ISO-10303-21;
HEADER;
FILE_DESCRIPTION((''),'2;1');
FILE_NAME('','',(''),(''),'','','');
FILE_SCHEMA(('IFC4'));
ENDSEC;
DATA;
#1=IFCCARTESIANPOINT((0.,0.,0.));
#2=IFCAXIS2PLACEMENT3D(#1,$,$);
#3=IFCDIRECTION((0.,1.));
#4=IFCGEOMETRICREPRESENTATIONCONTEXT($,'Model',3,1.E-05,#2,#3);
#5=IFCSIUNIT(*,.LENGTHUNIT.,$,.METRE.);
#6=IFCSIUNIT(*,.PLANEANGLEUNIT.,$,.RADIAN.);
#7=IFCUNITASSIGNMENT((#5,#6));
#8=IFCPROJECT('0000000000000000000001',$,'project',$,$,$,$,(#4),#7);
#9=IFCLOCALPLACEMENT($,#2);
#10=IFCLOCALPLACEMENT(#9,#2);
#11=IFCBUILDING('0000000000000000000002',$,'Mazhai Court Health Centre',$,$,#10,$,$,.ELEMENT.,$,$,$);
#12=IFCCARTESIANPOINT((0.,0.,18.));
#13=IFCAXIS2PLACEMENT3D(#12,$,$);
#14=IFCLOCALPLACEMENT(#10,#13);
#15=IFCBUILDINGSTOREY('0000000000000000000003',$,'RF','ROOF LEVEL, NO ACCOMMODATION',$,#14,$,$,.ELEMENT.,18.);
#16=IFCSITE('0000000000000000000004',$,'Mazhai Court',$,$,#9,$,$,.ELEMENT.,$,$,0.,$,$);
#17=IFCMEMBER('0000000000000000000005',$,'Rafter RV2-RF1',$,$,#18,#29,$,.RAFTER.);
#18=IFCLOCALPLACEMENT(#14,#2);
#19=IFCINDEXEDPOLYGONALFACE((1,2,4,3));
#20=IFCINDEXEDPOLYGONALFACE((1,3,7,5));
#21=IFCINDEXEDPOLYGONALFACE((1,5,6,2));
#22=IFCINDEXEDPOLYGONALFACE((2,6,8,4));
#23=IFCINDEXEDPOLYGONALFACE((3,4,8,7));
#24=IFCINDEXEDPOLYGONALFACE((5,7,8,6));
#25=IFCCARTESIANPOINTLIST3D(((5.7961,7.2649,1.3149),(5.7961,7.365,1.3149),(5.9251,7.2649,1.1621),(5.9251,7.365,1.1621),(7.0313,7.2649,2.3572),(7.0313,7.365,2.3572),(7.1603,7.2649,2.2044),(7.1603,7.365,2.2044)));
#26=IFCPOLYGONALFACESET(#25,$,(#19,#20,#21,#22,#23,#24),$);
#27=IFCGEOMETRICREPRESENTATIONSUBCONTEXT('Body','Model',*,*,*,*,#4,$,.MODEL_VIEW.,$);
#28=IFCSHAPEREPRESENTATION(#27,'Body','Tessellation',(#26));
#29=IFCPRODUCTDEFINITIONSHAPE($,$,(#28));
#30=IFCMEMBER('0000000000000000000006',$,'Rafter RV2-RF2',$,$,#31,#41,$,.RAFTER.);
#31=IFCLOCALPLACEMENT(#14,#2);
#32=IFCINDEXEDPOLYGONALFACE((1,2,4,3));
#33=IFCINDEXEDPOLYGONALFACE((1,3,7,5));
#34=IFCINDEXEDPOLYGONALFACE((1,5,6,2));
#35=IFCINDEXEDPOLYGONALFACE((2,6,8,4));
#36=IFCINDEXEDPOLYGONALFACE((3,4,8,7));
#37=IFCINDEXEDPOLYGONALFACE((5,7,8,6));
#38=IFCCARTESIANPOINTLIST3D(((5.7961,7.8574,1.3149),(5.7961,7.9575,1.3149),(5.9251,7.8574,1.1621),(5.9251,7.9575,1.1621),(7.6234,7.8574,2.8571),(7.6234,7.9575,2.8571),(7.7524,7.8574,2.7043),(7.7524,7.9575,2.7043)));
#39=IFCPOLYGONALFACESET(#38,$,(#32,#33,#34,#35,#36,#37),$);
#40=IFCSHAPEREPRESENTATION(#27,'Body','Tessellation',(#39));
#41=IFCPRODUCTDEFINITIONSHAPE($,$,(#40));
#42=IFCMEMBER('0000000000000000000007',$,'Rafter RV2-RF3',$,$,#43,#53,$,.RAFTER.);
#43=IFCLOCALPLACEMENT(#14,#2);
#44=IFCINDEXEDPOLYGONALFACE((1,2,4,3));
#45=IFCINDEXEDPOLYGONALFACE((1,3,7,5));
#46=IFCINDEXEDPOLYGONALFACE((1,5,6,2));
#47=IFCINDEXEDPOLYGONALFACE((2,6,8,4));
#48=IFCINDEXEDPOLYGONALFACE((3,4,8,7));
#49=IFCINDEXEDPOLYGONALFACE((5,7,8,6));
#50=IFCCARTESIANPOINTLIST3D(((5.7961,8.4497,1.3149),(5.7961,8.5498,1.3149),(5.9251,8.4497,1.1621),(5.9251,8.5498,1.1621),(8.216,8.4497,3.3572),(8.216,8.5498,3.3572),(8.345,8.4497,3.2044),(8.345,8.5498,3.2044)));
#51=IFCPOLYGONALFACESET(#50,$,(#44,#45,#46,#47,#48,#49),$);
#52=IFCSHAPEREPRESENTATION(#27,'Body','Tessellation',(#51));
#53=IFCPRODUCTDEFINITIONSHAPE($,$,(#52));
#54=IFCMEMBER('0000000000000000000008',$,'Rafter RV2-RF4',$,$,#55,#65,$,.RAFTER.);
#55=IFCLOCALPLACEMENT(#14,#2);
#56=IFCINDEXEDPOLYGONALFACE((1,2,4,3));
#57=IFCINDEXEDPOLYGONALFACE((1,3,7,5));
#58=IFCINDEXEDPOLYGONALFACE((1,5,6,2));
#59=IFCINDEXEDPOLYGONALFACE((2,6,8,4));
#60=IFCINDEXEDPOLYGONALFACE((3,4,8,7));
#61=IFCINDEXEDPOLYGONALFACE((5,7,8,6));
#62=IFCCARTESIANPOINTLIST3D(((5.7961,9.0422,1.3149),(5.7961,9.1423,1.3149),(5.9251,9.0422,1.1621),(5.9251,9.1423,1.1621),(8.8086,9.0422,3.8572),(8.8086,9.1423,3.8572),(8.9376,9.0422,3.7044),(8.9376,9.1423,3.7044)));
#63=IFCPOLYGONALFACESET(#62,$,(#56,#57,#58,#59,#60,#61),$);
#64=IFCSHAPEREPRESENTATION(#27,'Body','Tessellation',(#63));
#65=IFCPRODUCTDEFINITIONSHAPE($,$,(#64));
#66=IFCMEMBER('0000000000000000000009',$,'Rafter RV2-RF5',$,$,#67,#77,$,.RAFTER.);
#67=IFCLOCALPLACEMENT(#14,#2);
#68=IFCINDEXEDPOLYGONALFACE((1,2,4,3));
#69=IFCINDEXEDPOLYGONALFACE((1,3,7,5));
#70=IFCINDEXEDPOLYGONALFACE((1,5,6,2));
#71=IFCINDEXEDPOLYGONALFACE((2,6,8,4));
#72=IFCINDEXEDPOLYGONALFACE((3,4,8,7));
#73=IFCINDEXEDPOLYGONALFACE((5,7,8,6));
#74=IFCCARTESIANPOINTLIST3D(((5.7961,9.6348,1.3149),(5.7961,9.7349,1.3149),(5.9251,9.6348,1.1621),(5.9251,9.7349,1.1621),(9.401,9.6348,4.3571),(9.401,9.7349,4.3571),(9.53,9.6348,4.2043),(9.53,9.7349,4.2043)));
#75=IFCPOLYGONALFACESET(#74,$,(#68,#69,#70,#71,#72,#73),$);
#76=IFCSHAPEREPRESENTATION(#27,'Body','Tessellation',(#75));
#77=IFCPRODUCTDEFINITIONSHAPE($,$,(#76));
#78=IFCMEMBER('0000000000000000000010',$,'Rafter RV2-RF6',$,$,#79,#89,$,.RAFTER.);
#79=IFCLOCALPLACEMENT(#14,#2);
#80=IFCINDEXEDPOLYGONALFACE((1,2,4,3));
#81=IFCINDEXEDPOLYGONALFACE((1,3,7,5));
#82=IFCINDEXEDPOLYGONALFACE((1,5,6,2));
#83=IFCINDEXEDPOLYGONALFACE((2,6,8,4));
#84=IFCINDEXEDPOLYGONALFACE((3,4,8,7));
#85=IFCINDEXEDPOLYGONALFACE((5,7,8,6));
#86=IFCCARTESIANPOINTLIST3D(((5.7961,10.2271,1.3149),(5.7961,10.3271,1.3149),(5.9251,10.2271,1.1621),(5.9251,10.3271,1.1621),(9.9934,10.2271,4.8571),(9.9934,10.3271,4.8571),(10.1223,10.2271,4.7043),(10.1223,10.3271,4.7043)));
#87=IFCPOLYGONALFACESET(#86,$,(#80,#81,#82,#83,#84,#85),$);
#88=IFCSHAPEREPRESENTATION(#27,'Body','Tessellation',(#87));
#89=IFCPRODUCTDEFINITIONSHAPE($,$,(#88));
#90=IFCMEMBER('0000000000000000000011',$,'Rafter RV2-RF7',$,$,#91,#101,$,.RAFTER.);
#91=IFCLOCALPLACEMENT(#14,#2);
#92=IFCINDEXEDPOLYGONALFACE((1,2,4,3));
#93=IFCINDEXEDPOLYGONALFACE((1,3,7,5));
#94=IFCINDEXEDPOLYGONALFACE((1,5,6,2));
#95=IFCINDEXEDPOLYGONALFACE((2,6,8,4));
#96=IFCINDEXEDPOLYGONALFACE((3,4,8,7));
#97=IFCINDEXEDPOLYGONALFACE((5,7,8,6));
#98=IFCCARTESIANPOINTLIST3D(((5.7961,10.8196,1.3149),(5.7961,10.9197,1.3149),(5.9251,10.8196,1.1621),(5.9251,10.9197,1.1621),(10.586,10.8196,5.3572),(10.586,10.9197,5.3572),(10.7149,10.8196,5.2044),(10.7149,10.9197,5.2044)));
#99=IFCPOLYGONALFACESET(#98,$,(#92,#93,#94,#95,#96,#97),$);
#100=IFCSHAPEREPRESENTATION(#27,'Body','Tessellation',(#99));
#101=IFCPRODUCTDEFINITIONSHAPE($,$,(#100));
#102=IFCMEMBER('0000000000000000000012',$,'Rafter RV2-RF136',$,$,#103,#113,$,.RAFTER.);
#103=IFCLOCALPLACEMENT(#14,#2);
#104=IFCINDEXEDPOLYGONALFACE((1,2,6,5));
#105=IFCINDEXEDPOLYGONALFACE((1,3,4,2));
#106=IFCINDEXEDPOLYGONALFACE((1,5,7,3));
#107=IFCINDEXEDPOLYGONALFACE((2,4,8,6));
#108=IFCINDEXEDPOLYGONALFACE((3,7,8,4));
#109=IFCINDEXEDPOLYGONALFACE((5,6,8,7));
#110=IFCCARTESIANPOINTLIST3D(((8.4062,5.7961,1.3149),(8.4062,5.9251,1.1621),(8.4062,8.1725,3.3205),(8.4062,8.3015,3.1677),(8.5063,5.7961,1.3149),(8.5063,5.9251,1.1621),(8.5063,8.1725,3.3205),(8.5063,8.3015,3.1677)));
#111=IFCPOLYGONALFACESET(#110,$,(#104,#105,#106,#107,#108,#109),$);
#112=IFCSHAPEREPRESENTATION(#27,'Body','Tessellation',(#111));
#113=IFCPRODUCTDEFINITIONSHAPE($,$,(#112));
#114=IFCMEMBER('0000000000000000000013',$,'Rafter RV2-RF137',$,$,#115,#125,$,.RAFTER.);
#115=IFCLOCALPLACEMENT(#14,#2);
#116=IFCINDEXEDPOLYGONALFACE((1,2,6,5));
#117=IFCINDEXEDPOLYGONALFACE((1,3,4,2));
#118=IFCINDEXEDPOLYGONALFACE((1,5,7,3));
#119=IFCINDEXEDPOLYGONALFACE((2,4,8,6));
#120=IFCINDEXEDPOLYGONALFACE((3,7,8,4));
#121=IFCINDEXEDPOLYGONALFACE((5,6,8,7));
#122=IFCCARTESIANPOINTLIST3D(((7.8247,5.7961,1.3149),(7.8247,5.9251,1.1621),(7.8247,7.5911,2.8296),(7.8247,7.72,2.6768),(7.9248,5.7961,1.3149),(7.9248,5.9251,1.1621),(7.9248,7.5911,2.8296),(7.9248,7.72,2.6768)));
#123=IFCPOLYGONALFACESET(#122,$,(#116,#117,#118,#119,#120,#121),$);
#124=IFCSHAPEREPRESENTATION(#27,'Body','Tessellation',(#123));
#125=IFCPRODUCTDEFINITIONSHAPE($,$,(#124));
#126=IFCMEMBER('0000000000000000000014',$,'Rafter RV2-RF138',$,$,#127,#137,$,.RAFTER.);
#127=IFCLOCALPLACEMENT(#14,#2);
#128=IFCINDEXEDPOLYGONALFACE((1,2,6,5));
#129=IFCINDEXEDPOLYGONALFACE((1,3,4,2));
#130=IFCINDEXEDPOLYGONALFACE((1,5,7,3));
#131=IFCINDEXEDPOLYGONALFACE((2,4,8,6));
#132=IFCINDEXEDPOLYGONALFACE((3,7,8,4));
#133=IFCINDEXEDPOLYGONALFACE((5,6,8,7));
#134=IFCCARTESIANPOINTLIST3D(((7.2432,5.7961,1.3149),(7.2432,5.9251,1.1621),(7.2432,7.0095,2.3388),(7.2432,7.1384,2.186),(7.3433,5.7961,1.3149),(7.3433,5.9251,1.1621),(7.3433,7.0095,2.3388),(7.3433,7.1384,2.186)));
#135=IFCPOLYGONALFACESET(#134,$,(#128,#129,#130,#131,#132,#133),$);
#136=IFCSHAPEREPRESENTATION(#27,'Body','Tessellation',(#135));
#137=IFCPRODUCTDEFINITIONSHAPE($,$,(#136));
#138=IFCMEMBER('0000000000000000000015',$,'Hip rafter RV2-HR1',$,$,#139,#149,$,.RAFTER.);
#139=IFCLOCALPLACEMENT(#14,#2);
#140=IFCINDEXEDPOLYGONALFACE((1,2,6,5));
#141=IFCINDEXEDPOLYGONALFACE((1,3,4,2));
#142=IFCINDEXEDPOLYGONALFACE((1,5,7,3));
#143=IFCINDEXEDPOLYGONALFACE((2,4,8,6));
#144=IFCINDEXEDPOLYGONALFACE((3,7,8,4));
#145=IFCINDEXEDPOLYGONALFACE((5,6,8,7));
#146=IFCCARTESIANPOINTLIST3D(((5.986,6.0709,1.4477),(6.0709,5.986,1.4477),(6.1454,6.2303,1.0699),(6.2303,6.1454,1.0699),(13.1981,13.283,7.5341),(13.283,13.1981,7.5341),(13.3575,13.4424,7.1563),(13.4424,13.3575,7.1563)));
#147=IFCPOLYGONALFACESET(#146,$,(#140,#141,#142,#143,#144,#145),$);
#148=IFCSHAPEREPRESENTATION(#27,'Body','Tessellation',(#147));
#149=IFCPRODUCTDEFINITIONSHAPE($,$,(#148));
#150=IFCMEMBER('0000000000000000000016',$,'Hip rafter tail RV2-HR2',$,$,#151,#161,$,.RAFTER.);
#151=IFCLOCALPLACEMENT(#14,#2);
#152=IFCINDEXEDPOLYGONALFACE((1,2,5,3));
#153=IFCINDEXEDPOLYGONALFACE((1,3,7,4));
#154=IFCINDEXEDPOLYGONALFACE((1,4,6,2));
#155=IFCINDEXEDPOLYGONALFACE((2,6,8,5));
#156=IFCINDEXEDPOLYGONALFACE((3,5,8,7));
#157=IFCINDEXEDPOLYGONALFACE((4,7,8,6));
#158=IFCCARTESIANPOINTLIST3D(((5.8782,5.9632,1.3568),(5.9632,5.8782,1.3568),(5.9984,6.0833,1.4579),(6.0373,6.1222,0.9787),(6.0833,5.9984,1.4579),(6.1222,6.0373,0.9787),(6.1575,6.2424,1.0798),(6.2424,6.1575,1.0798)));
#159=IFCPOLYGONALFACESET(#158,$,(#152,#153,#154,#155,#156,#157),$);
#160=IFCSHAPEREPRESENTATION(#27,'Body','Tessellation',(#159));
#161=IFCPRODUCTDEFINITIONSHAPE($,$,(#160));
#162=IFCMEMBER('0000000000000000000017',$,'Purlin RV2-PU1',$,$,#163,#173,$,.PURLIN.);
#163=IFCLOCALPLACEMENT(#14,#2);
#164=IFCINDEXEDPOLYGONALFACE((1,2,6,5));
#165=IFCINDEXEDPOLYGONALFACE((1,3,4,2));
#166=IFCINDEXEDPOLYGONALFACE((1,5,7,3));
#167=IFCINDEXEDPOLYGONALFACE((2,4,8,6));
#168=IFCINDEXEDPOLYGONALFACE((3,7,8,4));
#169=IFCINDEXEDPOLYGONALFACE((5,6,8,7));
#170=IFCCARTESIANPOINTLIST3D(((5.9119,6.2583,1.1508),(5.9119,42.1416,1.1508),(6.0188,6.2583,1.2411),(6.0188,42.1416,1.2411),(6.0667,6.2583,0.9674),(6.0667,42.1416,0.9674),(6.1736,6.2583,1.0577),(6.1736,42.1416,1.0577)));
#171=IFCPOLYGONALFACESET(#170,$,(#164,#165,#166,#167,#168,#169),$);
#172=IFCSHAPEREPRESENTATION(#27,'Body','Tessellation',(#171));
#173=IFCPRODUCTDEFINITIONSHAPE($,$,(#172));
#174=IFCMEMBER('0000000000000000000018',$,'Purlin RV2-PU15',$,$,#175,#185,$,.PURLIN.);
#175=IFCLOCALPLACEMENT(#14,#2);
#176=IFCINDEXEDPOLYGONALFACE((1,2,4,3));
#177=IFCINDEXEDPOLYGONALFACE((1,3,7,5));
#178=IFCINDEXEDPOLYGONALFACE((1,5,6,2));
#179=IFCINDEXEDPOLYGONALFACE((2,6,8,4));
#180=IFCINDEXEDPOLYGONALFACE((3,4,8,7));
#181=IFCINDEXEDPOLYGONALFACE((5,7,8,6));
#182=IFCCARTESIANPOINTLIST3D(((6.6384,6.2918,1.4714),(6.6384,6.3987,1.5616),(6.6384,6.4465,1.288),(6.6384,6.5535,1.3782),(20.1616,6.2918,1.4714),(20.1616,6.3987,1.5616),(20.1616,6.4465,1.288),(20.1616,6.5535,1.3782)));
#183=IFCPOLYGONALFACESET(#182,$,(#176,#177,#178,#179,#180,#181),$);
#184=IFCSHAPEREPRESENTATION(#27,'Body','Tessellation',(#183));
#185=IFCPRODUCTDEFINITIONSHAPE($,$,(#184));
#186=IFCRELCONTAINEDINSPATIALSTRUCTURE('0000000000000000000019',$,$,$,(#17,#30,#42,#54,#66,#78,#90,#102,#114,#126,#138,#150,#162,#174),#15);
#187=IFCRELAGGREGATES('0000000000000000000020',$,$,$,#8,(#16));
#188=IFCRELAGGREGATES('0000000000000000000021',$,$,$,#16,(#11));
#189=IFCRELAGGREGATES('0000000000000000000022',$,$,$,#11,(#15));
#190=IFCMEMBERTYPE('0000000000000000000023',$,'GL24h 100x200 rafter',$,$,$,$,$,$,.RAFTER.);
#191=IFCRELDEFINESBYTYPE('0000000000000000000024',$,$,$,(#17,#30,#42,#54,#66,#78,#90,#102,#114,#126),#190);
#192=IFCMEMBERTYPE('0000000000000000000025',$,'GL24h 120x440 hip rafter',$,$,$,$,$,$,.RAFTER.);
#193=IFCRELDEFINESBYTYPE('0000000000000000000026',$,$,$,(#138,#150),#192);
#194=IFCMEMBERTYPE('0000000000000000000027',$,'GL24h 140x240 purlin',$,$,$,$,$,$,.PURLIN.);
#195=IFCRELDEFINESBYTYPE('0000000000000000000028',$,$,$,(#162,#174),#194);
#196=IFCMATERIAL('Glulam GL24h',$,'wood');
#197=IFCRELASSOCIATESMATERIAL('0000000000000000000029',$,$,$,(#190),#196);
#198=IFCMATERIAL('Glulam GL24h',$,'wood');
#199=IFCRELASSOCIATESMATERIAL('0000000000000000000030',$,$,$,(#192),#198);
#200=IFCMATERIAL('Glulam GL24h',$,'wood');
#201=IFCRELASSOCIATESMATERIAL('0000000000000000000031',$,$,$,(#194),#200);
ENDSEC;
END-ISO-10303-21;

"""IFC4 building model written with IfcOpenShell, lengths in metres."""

from ifc_helpers import new_model, si_unit, direction, frame, origin, origin_2d, place, context, subcontext, project, spatial, rectangle, extrude, material, material_profile, profile_set, type_object, element, save


model = new_model("IFC4")

# Units and contexts
model_context = context("Model", 3, precision=1e-05, world=origin(), true_north=direction((0.0, 1.0)))
body_context = subcontext(model_context, "Body", "Model", "MODEL_VIEW")
ifc_project = project(units=[si_unit("LENGTHUNIT", "METRE"), si_unit("PLANEANGLEUNIT", "RADIAN")], contexts=[model_context])

# Site, building, storey
site_placement = place(None, origin())
site = spatial("IfcSite", under=ifc_project, at=site_placement, Name="Mazhai Court", CompositionType="ELEMENT", RefElevation=0.0)
building_placement = place(site_placement, origin())
building = spatial("IfcBuilding", under=site, at=building_placement, Name="Mazhai Court Health Centre", CompositionType="ELEMENT")
storey_placement = place(building_placement, frame((0.0, 0.0, 18.0)))
storey = spatial("IfcBuildingStorey", under=building, at=storey_placement, Name="RF", Description="ROOF LEVEL, NO ACCOMMODATION", CompositionType="ELEMENT", Elevation=18.0)

# Members
ifc_material_1 = material(Name="Glulam GL24h", Category="wood")
ifc_material_profile_1 = material_profile(ifc_material_1, rectangle(XDim=0.1001, YDim=0.2, at=origin_2d()), Name="GL24h 100x200")
ifc_profile_set_1 = profile_set([ifc_material_profile_1], Name="Glulam GL24h")
member_type_1 = type_object("IfcMemberType", Name="GL24h 100x200 rafter", PredefinedType="RAFTER", material=ifc_profile_set_1)
member_1_placement = place(storey_placement, frame((5.8606, 7.3149, 1.2385), z_axis=(0.764257, 0.0, 0.644912), x_axis=(0.0, 1.0, 0.0)))
element("IfcMember", 1, at=member_1_placement, inside=storey, type_object=member_type_1, Name="Rafter RV2-RF1", PredefinedType="RAFTER", context=body_context, shape_type="SweptSolid", body=[
    extrude(rectangle(XDim=0.1001, YDim=0.2, at=origin_2d()), origin(), (0.0, 0.0, 1.0), 1.6162),
])
member_2_placement = place(storey_placement, frame((5.8606, 7.9075, 1.2385), z_axis=(0.764214, 0.0, 0.644962), x_axis=(0.0, 1.0, 0.0)))
element("IfcMember", 2, at=member_2_placement, inside=storey, type_object=member_type_1, Name="Rafter RV2-RF2", PredefinedType="RAFTER", context=body_context, shape_type="SweptSolid", body=[
    extrude(rectangle(XDim=0.1001, YDim=0.2, at=origin_2d()), origin(), (0.0, 0.0, 1.0), 2.3911),
])
member_3_placement = place(storey_placement, frame((5.8606, 8.4998, 1.2385), z_axis=(0.764225, 0.0, 0.64495), x_axis=(0.0, 1.0, 0.0)))
element("IfcMember", 3, at=member_3_placement, inside=storey, type_object=member_type_1, Name="Rafter RV2-RF3", PredefinedType="RAFTER", context=body_context, shape_type="SweptSolid", body=[
    extrude(rectangle(XDim=0.1001, YDim=0.2, at=origin_2d()), origin(), (0.0, 0.0, 1.0), 3.1665),
])
member_4_placement = place(storey_placement, frame((5.8606, 9.0923, 1.2385), z_axis=(0.764231, 0.0, 0.644942), x_axis=(0.0, 1.0, 0.0)))
element("IfcMember", 4, at=member_4_placement, inside=storey, type_object=member_type_1, Name="Rafter RV2-RF4", PredefinedType="RAFTER", context=body_context, shape_type="SweptSolid", body=[
    extrude(rectangle(XDim=0.1001, YDim=0.2, at=origin_2d()), origin(), (0.0, 0.0, 1.0), 3.9419),
])
member_5_placement = place(storey_placement, frame((5.8606, 9.6848, 1.2385), z_axis=(0.764236, 0.0, 0.644937), x_axis=(0.0, 1.0, 0.0)))
element("IfcMember", 5, at=member_5_placement, inside=storey, type_object=member_type_1, Name="Rafter RV2-RF5", PredefinedType="RAFTER", context=body_context, shape_type="SweptSolid", body=[
    extrude(rectangle(XDim=0.1001, YDim=0.2, at=origin_2d()), origin(), (0.0, 0.0, 1.0), 4.717),
])
member_6_placement = place(storey_placement, frame((5.8606, 10.2771, 1.2385), z_axis=(0.76422, 0.0, 0.644955), x_axis=(0.0, 1.0, 0.0)))
element("IfcMember", 6, at=member_6_placement, inside=storey, type_object=member_type_1, Name="Rafter RV2-RF6", PredefinedType="RAFTER", context=body_context, shape_type="SweptSolid", body=[
    extrude(rectangle(XDim=0.1001, YDim=0.2, at=origin_2d()), origin(), (0.0, 0.0, 1.0), 5.4922),
])
member_7_placement = place(storey_placement, frame((5.8606, 10.8696, 1.2385), z_axis=(0.764225, 0.0, 0.64495), x_axis=(0.0, 1.0, 0.0)))
element("IfcMember", 7, at=member_7_placement, inside=storey, type_object=member_type_1, Name="Rafter RV2-RF7", PredefinedType="RAFTER", context=body_context, shape_type="SweptSolid", body=[
    extrude(rectangle(XDim=0.1001, YDim=0.2, at=origin_2d()), origin(), (0.0, 0.0, 1.0), 6.2676),
])
member_8_placement = place(storey_placement, frame((8.4563, 5.8606, 1.2385), z_axis=(0.0, 0.764217, 0.64496), x_axis=(-1.0, 0.0, 0.0)))
element("IfcMember", 8, at=member_8_placement, inside=storey, type_object=member_type_1, Name="Rafter RV2-RF136", PredefinedType="RAFTER", context=body_context, shape_type="SweptSolid", body=[
    extrude(rectangle(XDim=0.1001, YDim=0.2, at=origin_2d()), origin(), (0.0, 0.0, 1.0), 3.1096),
])
member_9_placement = place(storey_placement, frame((7.8748, 5.8606, 1.2385), z_axis=(0.0, 0.764253, 0.644916), x_axis=(-1.0, 0.0, 0.0)))
element("IfcMember", 9, at=member_9_placement, inside=storey, type_object=member_type_1, Name="Rafter RV2-RF137", PredefinedType="RAFTER", context=body_context, shape_type="SweptSolid", body=[
    extrude(rectangle(XDim=0.1001, YDim=0.2, at=origin_2d()), origin(), (0.0, 0.0, 1.0), 2.3486),
])
member_10_placement = place(storey_placement, frame((7.2932, 5.8606, 1.2385), z_axis=(0.0, 0.764249, 0.644921), x_axis=(-1.0, 0.0, 0.0)))
element("IfcMember", 10, at=member_10_placement, inside=storey, type_object=member_type_1, Name="Rafter RV2-RF138", PredefinedType="RAFTER", context=body_context, shape_type="SweptSolid", body=[
    extrude(rectangle(XDim=0.1001, YDim=0.2, at=origin_2d()), origin(), (0.0, 0.0, 1.0), 1.5876),
])
ifc_material_2 = material(Name="Glulam GL24h", Category="wood")
ifc_material_profile_2 = material_profile(ifc_material_2, rectangle(XDim=0.1201, YDim=0.4399, at=origin_2d()), Name="GL24h 120x440")
ifc_profile_set_2 = profile_set([ifc_material_profile_2], Name="Glulam GL24h")
member_type_2 = type_object("IfcMemberType", Name="GL24h 120x440 hip rafter", PredefinedType="RAFTER", material=ifc_profile_set_2)
member_11_placement = place(storey_placement, frame((6.1082, 6.1082, 1.2588), z_axis=(0.607212, 0.607212, 0.512433), x_axis=(-0.707107, 0.707107, 0.0)))
element("IfcMember", 11, at=member_11_placement, inside=storey, type_object=member_type_2, Name="Hip rafter RV2-HR1", PredefinedType="RAFTER", context=body_context, shape_type="SweptSolid", body=[
    extrude(rectangle(XDim=0.1201, YDim=0.4399, at=origin_2d()), origin(), (0.0, 0.0, 1.0), 11.8774),
])
member_12_placement = place(storey_placement, frame((6.0002, 6.0002, 1.1677), z_axis=(0.607674, 0.607674, 0.511336), x_axis=(-0.707107, 0.707107, 0.0)))
element("IfcMember", 12, at=member_12_placement, inside=storey, type_object=member_type_2, Name="Hip rafter tail RV2-HR2", PredefinedType="RAFTER", context=body_context, shape_type="SweptSolid", body=[
    extrude(rectangle(XDim=0.1201, YDim=0.4399, at=origin_2d()), origin(), (0.0, 0.0, 1.0), 0.1978),
])
ifc_material_3 = material(Name="Glulam GL24h", Category="wood")
ifc_material_profile_3 = material_profile(ifc_material_3, rectangle(XDim=0.1399, YDim=0.24, at=origin_2d()), Name="GL24h 140x240")
ifc_profile_set_3 = profile_set([ifc_material_profile_3], Name="Glulam GL24h")
member_type_3 = type_object("IfcMemberType", Name="GL24h 140x240 purlin", PredefinedType="PURLIN", material=ifc_profile_set_3)
member_13_placement = place(storey_placement, frame((6.0427, 6.2583, 1.1042), z_axis=(0.0, 1.0, 0.0), x_axis=(-0.76422, 0.0, -0.644955)))
element("IfcMember", 13, at=member_13_placement, inside=storey, type_object=member_type_3, Name="Purlin RV2-PU1", PredefinedType="PURLIN", context=body_context, shape_type="SweptSolid", body=[
    extrude(rectangle(XDim=0.1399, YDim=0.24, at=origin_2d()), origin(), (0.0, 0.0, 1.0), 35.8833),
])
member_14_placement = place(storey_placement, frame((6.6384, 6.4226, 1.4248), z_axis=(1.0, 0.0, 0.0), x_axis=(0.0, 0.76422, 0.644955)))
element("IfcMember", 14, at=member_14_placement, inside=storey, type_object=member_type_3, Name="Purlin RV2-PU15", PredefinedType="PURLIN", context=body_context, shape_type="SweptSolid", body=[
    extrude(rectangle(XDim=0.1399, YDim=0.24, at=origin_2d()), origin(), (0.0, 0.0, 1.0), 13.5232),
])

save(model, "model.ifc")
